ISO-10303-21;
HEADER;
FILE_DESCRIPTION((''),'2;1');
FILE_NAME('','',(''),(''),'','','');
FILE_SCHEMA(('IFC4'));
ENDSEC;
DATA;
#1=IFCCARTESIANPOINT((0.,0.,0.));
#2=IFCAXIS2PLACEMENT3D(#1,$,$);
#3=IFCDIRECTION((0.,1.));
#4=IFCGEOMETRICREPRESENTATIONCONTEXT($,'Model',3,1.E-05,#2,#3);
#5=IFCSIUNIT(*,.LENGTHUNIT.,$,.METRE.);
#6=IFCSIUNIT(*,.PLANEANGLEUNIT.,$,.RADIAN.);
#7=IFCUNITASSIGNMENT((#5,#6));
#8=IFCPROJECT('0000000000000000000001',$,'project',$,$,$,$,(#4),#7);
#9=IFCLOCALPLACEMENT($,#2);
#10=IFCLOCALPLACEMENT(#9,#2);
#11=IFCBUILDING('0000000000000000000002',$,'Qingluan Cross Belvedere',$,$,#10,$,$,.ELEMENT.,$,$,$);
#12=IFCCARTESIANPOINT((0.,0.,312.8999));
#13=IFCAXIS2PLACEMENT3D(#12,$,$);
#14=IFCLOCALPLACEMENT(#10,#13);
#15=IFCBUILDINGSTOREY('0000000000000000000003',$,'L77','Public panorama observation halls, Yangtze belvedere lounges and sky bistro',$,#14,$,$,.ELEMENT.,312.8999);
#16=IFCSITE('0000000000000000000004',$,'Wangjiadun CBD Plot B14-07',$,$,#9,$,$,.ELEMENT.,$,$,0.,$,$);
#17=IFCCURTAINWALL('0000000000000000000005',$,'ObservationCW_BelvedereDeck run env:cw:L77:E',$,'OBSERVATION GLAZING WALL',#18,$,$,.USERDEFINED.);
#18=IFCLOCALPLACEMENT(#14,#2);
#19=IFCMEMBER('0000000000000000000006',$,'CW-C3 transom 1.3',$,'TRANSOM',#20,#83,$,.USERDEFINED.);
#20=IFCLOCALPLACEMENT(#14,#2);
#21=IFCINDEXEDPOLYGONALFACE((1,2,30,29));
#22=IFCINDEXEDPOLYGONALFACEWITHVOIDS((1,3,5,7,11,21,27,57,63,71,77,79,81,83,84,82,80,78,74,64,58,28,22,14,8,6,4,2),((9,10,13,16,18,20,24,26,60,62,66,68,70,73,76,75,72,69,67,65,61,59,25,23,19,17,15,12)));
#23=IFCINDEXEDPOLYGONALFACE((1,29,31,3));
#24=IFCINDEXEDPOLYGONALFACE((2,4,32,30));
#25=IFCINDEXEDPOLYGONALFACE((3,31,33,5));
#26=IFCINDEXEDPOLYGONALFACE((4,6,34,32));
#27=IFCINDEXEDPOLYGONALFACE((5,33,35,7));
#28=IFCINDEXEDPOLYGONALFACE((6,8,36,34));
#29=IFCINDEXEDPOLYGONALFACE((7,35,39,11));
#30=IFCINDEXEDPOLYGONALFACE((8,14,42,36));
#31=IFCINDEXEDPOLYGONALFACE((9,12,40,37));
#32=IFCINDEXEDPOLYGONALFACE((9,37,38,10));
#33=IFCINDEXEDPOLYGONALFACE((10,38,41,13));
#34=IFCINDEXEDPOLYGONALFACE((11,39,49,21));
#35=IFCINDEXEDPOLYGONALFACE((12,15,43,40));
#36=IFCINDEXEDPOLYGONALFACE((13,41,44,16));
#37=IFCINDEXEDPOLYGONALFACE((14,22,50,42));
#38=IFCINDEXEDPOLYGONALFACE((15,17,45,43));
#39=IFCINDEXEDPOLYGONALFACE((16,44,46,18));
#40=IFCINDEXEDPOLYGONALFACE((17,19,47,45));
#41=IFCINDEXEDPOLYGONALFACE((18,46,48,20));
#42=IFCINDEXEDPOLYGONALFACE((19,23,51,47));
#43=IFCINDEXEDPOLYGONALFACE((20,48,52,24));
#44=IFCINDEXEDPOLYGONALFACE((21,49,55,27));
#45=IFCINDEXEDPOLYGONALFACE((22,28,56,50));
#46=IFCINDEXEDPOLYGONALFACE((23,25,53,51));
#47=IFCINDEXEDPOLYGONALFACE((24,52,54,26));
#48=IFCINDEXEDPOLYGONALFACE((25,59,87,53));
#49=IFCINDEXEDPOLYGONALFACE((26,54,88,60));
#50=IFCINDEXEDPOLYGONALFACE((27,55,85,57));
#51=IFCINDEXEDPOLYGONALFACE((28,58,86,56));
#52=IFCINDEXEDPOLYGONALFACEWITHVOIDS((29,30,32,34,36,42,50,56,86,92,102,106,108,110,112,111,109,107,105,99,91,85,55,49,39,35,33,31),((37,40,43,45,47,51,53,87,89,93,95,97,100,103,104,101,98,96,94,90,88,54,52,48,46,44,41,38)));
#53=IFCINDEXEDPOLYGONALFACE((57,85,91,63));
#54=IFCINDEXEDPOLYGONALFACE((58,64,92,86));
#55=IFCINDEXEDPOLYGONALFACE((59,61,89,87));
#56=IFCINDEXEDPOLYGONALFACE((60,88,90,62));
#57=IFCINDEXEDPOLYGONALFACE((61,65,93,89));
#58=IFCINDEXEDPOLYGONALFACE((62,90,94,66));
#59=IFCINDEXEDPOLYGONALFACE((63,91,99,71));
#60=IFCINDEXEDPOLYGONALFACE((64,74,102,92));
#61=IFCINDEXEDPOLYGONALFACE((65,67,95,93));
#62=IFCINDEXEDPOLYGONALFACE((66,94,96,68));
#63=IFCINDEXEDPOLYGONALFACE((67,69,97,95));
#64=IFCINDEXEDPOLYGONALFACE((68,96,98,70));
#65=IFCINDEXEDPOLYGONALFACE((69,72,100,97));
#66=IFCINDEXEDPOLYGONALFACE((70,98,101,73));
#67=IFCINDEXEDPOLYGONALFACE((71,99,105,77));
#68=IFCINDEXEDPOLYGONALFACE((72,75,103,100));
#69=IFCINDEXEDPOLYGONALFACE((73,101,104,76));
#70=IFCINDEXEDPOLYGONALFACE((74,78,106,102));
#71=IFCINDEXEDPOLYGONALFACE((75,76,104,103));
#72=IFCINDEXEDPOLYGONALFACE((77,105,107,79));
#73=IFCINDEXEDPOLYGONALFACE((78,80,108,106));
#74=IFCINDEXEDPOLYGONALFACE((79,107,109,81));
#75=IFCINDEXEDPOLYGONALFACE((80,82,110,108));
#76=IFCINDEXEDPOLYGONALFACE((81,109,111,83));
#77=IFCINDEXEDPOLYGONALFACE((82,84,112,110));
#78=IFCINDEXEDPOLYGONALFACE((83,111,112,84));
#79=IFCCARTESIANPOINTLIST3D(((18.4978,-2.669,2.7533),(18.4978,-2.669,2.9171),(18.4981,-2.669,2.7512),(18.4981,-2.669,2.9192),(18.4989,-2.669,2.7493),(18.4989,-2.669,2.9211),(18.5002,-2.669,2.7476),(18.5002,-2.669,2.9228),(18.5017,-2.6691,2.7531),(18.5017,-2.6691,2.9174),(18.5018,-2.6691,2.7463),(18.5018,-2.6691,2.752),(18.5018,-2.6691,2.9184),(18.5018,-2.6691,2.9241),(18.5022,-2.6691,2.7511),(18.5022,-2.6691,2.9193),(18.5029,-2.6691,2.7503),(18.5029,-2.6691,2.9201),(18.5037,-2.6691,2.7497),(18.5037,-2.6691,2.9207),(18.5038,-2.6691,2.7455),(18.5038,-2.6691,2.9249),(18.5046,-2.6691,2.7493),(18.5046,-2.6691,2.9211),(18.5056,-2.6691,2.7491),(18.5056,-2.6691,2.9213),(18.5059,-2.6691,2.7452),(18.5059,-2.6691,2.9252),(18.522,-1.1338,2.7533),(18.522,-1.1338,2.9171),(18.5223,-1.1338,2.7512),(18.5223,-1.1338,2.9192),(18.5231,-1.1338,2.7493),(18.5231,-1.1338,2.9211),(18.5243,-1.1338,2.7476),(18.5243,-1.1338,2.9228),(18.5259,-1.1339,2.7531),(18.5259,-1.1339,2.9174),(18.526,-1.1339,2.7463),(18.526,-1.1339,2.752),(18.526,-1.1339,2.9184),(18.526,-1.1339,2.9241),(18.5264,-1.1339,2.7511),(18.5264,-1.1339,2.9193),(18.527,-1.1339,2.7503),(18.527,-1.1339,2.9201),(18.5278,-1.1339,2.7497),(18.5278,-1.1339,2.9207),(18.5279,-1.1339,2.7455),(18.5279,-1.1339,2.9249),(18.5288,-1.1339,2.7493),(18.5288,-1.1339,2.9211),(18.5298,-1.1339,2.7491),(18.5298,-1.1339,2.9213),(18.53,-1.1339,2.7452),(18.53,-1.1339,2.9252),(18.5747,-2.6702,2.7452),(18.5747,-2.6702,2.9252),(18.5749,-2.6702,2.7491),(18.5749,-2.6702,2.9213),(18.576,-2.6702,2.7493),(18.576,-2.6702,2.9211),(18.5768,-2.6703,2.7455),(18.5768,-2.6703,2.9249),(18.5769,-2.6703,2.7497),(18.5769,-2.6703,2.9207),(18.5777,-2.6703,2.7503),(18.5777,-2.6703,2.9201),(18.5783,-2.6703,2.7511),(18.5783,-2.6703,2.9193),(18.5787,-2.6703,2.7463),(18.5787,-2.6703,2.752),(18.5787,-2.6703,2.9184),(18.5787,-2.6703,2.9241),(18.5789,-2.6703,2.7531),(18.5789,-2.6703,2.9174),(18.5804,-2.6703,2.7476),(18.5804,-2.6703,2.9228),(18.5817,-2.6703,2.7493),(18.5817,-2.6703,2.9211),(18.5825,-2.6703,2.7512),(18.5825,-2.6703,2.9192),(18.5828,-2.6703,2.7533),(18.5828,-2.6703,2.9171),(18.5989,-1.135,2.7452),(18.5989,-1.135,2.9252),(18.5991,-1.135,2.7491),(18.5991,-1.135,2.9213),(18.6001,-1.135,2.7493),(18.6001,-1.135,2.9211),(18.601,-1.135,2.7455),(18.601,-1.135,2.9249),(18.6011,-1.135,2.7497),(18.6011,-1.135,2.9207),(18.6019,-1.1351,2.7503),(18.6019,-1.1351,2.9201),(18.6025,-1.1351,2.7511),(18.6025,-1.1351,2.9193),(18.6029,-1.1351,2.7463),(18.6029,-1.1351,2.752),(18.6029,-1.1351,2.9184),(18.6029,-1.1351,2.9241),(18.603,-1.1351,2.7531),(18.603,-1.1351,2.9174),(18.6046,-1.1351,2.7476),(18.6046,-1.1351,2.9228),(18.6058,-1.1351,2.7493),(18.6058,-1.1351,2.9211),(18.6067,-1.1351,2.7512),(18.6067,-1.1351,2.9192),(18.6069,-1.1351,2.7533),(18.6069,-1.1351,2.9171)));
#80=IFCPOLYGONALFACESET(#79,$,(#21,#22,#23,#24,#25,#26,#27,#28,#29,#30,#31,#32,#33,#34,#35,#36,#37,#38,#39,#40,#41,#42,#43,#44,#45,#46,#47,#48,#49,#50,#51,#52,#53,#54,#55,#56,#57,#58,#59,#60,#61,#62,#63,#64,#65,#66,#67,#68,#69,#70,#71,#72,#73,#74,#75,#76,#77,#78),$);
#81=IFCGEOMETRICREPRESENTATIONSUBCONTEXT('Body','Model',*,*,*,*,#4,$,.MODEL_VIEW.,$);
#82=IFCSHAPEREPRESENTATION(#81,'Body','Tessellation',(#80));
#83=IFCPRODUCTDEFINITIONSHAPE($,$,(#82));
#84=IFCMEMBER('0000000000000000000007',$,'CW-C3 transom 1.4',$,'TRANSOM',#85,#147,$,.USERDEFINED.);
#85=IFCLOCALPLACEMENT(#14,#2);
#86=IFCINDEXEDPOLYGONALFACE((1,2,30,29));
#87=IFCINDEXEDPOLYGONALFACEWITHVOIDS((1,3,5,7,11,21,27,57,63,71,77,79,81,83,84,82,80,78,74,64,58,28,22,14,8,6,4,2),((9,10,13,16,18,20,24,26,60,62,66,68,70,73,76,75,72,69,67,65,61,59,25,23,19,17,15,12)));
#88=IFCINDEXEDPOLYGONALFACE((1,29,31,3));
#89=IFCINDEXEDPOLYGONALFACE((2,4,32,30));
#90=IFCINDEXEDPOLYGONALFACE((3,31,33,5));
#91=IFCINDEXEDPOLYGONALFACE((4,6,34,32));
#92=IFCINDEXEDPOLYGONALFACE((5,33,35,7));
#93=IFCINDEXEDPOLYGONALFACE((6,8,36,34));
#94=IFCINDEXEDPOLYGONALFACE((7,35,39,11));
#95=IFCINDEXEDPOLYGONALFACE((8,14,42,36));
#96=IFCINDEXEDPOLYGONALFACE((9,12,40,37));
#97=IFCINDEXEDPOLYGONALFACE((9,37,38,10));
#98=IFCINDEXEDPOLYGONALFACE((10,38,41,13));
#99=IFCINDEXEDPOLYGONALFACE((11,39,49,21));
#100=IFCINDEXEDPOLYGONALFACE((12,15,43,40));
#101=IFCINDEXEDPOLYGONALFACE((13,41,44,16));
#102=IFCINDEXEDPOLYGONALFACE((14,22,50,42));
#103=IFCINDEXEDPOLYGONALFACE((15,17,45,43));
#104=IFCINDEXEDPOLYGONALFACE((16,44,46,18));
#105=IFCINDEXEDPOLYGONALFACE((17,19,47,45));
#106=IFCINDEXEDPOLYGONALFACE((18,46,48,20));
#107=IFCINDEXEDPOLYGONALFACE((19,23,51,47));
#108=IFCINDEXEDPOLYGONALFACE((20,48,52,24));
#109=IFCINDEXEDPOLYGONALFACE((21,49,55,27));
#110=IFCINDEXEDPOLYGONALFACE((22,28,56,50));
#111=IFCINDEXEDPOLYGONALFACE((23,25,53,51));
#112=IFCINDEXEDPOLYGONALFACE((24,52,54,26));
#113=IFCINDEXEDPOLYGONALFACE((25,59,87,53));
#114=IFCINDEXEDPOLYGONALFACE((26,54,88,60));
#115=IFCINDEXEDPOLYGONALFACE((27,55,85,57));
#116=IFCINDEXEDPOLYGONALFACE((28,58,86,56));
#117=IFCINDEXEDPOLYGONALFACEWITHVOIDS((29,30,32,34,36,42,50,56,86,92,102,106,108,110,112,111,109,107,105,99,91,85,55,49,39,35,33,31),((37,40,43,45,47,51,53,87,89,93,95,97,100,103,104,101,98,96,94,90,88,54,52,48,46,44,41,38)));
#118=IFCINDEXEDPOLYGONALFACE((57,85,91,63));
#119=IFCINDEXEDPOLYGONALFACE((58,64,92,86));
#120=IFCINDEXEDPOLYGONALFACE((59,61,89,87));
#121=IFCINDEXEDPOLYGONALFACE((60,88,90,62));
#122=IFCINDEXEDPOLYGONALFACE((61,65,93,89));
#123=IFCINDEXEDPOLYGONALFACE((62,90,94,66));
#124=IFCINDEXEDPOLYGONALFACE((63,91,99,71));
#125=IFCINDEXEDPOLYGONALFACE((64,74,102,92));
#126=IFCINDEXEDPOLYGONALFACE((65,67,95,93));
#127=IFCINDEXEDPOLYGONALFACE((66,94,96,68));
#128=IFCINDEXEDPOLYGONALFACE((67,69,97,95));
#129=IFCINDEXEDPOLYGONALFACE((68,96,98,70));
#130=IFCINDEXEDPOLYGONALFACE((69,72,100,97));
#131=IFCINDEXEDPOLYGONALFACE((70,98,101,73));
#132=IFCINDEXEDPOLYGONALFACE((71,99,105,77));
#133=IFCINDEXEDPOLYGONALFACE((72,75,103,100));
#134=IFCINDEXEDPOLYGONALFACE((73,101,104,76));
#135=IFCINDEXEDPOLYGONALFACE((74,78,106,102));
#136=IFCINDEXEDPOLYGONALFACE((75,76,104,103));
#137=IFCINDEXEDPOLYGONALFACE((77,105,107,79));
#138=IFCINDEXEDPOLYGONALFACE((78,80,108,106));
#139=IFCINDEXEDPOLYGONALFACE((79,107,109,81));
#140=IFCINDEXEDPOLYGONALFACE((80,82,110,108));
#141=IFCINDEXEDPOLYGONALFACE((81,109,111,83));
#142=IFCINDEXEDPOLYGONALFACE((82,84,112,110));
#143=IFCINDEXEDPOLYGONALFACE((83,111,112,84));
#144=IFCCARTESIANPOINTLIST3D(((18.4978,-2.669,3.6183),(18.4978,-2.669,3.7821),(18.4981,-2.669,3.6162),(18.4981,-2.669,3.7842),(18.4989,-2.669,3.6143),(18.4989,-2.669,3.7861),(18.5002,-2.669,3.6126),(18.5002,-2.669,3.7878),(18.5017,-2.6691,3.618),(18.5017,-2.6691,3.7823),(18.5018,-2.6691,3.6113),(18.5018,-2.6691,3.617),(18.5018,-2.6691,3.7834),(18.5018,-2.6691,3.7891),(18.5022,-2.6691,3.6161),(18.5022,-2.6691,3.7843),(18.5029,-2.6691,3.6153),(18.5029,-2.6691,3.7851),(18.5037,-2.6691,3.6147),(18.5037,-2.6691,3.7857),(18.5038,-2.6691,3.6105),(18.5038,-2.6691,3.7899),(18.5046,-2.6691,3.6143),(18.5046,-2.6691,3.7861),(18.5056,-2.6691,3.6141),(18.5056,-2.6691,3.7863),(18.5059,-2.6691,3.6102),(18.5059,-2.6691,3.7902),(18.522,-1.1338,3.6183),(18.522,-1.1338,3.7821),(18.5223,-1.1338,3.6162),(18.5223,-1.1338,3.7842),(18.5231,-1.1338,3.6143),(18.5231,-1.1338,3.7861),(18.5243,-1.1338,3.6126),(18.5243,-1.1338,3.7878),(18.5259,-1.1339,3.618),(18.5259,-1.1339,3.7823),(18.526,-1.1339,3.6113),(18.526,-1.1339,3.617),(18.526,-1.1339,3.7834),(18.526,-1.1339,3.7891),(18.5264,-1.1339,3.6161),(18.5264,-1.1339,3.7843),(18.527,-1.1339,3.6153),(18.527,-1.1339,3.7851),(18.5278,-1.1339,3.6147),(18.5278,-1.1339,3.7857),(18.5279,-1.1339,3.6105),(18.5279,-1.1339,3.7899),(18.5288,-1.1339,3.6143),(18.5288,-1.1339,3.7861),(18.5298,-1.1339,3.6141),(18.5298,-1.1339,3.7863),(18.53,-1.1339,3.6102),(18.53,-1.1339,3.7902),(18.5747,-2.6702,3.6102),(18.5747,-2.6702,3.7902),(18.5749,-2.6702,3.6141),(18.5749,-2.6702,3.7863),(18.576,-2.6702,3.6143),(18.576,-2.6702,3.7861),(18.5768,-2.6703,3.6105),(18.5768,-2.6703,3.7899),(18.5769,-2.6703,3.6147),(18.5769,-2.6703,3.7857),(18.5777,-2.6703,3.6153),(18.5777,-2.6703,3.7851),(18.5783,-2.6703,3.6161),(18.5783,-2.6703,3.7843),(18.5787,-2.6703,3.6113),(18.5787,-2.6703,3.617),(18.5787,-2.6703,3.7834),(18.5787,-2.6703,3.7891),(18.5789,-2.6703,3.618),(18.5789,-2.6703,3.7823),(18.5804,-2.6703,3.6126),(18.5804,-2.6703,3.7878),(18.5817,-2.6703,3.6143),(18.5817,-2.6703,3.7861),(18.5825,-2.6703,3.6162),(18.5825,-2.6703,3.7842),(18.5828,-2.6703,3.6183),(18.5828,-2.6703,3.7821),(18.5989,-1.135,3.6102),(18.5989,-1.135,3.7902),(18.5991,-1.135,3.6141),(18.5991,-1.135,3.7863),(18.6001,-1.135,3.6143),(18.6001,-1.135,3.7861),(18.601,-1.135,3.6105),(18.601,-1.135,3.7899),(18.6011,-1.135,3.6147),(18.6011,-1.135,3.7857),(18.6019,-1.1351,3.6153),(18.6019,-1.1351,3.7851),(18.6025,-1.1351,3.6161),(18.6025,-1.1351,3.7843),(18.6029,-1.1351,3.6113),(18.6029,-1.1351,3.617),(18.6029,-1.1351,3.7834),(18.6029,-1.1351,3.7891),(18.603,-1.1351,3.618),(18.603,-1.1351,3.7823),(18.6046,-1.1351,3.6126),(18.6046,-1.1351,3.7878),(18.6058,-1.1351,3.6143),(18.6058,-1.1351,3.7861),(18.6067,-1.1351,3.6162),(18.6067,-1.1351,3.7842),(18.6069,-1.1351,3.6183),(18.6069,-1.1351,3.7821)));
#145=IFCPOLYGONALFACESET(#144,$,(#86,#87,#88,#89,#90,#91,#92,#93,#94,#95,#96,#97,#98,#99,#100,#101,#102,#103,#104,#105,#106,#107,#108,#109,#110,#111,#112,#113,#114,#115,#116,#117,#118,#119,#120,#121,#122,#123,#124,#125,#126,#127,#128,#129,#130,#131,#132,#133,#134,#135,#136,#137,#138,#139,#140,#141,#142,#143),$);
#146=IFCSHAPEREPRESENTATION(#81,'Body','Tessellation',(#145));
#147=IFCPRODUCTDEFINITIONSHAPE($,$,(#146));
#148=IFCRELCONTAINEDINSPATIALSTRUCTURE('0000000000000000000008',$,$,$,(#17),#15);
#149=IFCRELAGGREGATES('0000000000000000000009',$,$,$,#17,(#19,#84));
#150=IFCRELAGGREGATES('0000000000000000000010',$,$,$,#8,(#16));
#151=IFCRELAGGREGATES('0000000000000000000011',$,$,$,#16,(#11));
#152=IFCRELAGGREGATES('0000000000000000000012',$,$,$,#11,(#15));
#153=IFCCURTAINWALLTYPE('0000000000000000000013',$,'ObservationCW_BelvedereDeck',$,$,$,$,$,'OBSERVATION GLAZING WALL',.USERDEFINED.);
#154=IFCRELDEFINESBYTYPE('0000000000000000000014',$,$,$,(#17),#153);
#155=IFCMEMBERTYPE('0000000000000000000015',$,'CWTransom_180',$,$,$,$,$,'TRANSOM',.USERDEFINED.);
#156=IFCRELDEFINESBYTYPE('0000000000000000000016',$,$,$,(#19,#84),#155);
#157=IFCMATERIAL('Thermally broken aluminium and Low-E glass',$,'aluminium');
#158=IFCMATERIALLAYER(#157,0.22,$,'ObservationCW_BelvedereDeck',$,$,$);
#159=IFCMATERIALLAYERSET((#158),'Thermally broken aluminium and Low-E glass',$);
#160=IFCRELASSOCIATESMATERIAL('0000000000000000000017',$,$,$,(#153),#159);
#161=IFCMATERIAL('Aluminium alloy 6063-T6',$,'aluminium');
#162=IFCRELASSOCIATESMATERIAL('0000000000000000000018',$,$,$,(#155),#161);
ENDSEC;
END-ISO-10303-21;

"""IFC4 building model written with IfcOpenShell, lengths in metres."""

from ifc_helpers import new_model, si_unit, direction, frame, origin, origin_2d, place, context, subcontext, project, spatial, hollow_rectangle, extrude, material, layer, layer_set, material_profile, profile_set, type_object, element, aggregate, save


model = new_model("IFC4")

# Units and contexts
model_context = context("Model", 3, precision=1e-05, world=origin(), true_north=direction((0.0, 1.0)))
body_context = subcontext(model_context, "Body", "Model", "MODEL_VIEW")
ifc_project = project(units=[si_unit("LENGTHUNIT", "METRE"), si_unit("PLANEANGLEUNIT", "RADIAN")], contexts=[model_context])

# Site, building, storey
site_placement = place(None, origin())
site = spatial("IfcSite", under=ifc_project, at=site_placement, Name="Wangjiadun CBD Plot B14-07", CompositionType="ELEMENT", RefElevation=0.0)
building_placement = place(site_placement, origin())
building = spatial("IfcBuilding", under=site, at=building_placement, Name="Qingluan Cross Belvedere", CompositionType="ELEMENT")
storey_placement = place(building_placement, frame((0.0, 0.0, 312.8999)))
storey = spatial("IfcBuildingStorey", under=building, at=storey_placement, Name="L77", Description="Public panorama observation halls, Yangtze belvedere lounges and sky bistro", CompositionType="ELEMENT", Elevation=312.8999)

# Curtain wall, members
ifc_material_1 = material(Name="Thermally broken aluminium and Low-E glass", Category="aluminium")
ifc_layer_1 = layer(ifc_material_1, 0.22, Name="ObservationCW_BelvedereDeck")
ifc_layer_set_1 = layer_set([ifc_layer_1], Name="Thermally broken aluminium and Low-E glass")
curtain_wall_type = type_object("IfcCurtainWallType", Name="ObservationCW_BelvedereDeck", ElementType="OBSERVATION GLAZING WALL", PredefinedType="USERDEFINED", material=ifc_layer_set_1)
curtain_wall_placement = place(storey_placement, origin())
curtain_wall = element("IfcCurtainWall", 1, at=curtain_wall_placement, inside=storey, type_object=curtain_wall_type, Name="ObservationCW_BelvedereDeck run env:cw:L77:E", ObjectType="OBSERVATION GLAZING WALL", PredefinedType="USERDEFINED")
ifc_material_2 = material(Name="Aluminium alloy 6063-T6", Category="aluminium")
ifc_material_profile_1 = material_profile(ifc_material_2, hollow_rectangle(XDim=0.085, YDim=0.1799, WallThickness=0.0039, InnerFilletRadius=0.0039, OuterFilletRadius=0.0081, at=origin_2d()), Name="CWT180x85x4")
ifc_profile_set_1 = profile_set([ifc_material_profile_1], Name="Aluminium alloy 6063-T6")
member_type_1 = type_object("IfcMemberType", Name="CWTransom_180", ElementType="TRANSOM", PredefinedType="USERDEFINED", material=ifc_profile_set_1)
member_1_placement = place(storey_placement, frame((18.5403, -2.6697, 2.8352), z_axis=(0.015742, 0.999876, 0.0), x_axis=(-0.999876, 0.015742, 0.0)))
member_1 = element("IfcMember", 2, at=member_1_placement, type_object=member_type_1, Name="CW-C3 transom 1.3", ObjectType="TRANSOM", PredefinedType="USERDEFINED", context=body_context, shape_type="SweptSolid", body=[
    extrude(hollow_rectangle(XDim=0.085, YDim=0.1799, WallThickness=0.0039, InnerFilletRadius=0.0039, OuterFilletRadius=0.0081, at=origin_2d()), origin(), (0.0, 0.0, 1.0), 1.5354),
])
member_2_placement = place(storey_placement, frame((18.5403, -2.6697, 3.7002), z_axis=(0.015742, 0.999876, 0.0), x_axis=(-0.999876, 0.015742, 0.0)))
member_2 = element("IfcMember", 3, at=member_2_placement, type_object=member_type_1, Name="CW-C3 transom 1.4", ObjectType="TRANSOM", PredefinedType="USERDEFINED", context=body_context, shape_type="SweptSolid", body=[
    extrude(hollow_rectangle(XDim=0.085, YDim=0.1799, WallThickness=0.0039, InnerFilletRadius=0.0039, OuterFilletRadius=0.0081, at=origin_2d()), origin(), (0.0, 0.0, 1.0), 1.5354),
])
aggregate(curtain_wall, [member_1, member_2])

save(model, "model.ifc")
